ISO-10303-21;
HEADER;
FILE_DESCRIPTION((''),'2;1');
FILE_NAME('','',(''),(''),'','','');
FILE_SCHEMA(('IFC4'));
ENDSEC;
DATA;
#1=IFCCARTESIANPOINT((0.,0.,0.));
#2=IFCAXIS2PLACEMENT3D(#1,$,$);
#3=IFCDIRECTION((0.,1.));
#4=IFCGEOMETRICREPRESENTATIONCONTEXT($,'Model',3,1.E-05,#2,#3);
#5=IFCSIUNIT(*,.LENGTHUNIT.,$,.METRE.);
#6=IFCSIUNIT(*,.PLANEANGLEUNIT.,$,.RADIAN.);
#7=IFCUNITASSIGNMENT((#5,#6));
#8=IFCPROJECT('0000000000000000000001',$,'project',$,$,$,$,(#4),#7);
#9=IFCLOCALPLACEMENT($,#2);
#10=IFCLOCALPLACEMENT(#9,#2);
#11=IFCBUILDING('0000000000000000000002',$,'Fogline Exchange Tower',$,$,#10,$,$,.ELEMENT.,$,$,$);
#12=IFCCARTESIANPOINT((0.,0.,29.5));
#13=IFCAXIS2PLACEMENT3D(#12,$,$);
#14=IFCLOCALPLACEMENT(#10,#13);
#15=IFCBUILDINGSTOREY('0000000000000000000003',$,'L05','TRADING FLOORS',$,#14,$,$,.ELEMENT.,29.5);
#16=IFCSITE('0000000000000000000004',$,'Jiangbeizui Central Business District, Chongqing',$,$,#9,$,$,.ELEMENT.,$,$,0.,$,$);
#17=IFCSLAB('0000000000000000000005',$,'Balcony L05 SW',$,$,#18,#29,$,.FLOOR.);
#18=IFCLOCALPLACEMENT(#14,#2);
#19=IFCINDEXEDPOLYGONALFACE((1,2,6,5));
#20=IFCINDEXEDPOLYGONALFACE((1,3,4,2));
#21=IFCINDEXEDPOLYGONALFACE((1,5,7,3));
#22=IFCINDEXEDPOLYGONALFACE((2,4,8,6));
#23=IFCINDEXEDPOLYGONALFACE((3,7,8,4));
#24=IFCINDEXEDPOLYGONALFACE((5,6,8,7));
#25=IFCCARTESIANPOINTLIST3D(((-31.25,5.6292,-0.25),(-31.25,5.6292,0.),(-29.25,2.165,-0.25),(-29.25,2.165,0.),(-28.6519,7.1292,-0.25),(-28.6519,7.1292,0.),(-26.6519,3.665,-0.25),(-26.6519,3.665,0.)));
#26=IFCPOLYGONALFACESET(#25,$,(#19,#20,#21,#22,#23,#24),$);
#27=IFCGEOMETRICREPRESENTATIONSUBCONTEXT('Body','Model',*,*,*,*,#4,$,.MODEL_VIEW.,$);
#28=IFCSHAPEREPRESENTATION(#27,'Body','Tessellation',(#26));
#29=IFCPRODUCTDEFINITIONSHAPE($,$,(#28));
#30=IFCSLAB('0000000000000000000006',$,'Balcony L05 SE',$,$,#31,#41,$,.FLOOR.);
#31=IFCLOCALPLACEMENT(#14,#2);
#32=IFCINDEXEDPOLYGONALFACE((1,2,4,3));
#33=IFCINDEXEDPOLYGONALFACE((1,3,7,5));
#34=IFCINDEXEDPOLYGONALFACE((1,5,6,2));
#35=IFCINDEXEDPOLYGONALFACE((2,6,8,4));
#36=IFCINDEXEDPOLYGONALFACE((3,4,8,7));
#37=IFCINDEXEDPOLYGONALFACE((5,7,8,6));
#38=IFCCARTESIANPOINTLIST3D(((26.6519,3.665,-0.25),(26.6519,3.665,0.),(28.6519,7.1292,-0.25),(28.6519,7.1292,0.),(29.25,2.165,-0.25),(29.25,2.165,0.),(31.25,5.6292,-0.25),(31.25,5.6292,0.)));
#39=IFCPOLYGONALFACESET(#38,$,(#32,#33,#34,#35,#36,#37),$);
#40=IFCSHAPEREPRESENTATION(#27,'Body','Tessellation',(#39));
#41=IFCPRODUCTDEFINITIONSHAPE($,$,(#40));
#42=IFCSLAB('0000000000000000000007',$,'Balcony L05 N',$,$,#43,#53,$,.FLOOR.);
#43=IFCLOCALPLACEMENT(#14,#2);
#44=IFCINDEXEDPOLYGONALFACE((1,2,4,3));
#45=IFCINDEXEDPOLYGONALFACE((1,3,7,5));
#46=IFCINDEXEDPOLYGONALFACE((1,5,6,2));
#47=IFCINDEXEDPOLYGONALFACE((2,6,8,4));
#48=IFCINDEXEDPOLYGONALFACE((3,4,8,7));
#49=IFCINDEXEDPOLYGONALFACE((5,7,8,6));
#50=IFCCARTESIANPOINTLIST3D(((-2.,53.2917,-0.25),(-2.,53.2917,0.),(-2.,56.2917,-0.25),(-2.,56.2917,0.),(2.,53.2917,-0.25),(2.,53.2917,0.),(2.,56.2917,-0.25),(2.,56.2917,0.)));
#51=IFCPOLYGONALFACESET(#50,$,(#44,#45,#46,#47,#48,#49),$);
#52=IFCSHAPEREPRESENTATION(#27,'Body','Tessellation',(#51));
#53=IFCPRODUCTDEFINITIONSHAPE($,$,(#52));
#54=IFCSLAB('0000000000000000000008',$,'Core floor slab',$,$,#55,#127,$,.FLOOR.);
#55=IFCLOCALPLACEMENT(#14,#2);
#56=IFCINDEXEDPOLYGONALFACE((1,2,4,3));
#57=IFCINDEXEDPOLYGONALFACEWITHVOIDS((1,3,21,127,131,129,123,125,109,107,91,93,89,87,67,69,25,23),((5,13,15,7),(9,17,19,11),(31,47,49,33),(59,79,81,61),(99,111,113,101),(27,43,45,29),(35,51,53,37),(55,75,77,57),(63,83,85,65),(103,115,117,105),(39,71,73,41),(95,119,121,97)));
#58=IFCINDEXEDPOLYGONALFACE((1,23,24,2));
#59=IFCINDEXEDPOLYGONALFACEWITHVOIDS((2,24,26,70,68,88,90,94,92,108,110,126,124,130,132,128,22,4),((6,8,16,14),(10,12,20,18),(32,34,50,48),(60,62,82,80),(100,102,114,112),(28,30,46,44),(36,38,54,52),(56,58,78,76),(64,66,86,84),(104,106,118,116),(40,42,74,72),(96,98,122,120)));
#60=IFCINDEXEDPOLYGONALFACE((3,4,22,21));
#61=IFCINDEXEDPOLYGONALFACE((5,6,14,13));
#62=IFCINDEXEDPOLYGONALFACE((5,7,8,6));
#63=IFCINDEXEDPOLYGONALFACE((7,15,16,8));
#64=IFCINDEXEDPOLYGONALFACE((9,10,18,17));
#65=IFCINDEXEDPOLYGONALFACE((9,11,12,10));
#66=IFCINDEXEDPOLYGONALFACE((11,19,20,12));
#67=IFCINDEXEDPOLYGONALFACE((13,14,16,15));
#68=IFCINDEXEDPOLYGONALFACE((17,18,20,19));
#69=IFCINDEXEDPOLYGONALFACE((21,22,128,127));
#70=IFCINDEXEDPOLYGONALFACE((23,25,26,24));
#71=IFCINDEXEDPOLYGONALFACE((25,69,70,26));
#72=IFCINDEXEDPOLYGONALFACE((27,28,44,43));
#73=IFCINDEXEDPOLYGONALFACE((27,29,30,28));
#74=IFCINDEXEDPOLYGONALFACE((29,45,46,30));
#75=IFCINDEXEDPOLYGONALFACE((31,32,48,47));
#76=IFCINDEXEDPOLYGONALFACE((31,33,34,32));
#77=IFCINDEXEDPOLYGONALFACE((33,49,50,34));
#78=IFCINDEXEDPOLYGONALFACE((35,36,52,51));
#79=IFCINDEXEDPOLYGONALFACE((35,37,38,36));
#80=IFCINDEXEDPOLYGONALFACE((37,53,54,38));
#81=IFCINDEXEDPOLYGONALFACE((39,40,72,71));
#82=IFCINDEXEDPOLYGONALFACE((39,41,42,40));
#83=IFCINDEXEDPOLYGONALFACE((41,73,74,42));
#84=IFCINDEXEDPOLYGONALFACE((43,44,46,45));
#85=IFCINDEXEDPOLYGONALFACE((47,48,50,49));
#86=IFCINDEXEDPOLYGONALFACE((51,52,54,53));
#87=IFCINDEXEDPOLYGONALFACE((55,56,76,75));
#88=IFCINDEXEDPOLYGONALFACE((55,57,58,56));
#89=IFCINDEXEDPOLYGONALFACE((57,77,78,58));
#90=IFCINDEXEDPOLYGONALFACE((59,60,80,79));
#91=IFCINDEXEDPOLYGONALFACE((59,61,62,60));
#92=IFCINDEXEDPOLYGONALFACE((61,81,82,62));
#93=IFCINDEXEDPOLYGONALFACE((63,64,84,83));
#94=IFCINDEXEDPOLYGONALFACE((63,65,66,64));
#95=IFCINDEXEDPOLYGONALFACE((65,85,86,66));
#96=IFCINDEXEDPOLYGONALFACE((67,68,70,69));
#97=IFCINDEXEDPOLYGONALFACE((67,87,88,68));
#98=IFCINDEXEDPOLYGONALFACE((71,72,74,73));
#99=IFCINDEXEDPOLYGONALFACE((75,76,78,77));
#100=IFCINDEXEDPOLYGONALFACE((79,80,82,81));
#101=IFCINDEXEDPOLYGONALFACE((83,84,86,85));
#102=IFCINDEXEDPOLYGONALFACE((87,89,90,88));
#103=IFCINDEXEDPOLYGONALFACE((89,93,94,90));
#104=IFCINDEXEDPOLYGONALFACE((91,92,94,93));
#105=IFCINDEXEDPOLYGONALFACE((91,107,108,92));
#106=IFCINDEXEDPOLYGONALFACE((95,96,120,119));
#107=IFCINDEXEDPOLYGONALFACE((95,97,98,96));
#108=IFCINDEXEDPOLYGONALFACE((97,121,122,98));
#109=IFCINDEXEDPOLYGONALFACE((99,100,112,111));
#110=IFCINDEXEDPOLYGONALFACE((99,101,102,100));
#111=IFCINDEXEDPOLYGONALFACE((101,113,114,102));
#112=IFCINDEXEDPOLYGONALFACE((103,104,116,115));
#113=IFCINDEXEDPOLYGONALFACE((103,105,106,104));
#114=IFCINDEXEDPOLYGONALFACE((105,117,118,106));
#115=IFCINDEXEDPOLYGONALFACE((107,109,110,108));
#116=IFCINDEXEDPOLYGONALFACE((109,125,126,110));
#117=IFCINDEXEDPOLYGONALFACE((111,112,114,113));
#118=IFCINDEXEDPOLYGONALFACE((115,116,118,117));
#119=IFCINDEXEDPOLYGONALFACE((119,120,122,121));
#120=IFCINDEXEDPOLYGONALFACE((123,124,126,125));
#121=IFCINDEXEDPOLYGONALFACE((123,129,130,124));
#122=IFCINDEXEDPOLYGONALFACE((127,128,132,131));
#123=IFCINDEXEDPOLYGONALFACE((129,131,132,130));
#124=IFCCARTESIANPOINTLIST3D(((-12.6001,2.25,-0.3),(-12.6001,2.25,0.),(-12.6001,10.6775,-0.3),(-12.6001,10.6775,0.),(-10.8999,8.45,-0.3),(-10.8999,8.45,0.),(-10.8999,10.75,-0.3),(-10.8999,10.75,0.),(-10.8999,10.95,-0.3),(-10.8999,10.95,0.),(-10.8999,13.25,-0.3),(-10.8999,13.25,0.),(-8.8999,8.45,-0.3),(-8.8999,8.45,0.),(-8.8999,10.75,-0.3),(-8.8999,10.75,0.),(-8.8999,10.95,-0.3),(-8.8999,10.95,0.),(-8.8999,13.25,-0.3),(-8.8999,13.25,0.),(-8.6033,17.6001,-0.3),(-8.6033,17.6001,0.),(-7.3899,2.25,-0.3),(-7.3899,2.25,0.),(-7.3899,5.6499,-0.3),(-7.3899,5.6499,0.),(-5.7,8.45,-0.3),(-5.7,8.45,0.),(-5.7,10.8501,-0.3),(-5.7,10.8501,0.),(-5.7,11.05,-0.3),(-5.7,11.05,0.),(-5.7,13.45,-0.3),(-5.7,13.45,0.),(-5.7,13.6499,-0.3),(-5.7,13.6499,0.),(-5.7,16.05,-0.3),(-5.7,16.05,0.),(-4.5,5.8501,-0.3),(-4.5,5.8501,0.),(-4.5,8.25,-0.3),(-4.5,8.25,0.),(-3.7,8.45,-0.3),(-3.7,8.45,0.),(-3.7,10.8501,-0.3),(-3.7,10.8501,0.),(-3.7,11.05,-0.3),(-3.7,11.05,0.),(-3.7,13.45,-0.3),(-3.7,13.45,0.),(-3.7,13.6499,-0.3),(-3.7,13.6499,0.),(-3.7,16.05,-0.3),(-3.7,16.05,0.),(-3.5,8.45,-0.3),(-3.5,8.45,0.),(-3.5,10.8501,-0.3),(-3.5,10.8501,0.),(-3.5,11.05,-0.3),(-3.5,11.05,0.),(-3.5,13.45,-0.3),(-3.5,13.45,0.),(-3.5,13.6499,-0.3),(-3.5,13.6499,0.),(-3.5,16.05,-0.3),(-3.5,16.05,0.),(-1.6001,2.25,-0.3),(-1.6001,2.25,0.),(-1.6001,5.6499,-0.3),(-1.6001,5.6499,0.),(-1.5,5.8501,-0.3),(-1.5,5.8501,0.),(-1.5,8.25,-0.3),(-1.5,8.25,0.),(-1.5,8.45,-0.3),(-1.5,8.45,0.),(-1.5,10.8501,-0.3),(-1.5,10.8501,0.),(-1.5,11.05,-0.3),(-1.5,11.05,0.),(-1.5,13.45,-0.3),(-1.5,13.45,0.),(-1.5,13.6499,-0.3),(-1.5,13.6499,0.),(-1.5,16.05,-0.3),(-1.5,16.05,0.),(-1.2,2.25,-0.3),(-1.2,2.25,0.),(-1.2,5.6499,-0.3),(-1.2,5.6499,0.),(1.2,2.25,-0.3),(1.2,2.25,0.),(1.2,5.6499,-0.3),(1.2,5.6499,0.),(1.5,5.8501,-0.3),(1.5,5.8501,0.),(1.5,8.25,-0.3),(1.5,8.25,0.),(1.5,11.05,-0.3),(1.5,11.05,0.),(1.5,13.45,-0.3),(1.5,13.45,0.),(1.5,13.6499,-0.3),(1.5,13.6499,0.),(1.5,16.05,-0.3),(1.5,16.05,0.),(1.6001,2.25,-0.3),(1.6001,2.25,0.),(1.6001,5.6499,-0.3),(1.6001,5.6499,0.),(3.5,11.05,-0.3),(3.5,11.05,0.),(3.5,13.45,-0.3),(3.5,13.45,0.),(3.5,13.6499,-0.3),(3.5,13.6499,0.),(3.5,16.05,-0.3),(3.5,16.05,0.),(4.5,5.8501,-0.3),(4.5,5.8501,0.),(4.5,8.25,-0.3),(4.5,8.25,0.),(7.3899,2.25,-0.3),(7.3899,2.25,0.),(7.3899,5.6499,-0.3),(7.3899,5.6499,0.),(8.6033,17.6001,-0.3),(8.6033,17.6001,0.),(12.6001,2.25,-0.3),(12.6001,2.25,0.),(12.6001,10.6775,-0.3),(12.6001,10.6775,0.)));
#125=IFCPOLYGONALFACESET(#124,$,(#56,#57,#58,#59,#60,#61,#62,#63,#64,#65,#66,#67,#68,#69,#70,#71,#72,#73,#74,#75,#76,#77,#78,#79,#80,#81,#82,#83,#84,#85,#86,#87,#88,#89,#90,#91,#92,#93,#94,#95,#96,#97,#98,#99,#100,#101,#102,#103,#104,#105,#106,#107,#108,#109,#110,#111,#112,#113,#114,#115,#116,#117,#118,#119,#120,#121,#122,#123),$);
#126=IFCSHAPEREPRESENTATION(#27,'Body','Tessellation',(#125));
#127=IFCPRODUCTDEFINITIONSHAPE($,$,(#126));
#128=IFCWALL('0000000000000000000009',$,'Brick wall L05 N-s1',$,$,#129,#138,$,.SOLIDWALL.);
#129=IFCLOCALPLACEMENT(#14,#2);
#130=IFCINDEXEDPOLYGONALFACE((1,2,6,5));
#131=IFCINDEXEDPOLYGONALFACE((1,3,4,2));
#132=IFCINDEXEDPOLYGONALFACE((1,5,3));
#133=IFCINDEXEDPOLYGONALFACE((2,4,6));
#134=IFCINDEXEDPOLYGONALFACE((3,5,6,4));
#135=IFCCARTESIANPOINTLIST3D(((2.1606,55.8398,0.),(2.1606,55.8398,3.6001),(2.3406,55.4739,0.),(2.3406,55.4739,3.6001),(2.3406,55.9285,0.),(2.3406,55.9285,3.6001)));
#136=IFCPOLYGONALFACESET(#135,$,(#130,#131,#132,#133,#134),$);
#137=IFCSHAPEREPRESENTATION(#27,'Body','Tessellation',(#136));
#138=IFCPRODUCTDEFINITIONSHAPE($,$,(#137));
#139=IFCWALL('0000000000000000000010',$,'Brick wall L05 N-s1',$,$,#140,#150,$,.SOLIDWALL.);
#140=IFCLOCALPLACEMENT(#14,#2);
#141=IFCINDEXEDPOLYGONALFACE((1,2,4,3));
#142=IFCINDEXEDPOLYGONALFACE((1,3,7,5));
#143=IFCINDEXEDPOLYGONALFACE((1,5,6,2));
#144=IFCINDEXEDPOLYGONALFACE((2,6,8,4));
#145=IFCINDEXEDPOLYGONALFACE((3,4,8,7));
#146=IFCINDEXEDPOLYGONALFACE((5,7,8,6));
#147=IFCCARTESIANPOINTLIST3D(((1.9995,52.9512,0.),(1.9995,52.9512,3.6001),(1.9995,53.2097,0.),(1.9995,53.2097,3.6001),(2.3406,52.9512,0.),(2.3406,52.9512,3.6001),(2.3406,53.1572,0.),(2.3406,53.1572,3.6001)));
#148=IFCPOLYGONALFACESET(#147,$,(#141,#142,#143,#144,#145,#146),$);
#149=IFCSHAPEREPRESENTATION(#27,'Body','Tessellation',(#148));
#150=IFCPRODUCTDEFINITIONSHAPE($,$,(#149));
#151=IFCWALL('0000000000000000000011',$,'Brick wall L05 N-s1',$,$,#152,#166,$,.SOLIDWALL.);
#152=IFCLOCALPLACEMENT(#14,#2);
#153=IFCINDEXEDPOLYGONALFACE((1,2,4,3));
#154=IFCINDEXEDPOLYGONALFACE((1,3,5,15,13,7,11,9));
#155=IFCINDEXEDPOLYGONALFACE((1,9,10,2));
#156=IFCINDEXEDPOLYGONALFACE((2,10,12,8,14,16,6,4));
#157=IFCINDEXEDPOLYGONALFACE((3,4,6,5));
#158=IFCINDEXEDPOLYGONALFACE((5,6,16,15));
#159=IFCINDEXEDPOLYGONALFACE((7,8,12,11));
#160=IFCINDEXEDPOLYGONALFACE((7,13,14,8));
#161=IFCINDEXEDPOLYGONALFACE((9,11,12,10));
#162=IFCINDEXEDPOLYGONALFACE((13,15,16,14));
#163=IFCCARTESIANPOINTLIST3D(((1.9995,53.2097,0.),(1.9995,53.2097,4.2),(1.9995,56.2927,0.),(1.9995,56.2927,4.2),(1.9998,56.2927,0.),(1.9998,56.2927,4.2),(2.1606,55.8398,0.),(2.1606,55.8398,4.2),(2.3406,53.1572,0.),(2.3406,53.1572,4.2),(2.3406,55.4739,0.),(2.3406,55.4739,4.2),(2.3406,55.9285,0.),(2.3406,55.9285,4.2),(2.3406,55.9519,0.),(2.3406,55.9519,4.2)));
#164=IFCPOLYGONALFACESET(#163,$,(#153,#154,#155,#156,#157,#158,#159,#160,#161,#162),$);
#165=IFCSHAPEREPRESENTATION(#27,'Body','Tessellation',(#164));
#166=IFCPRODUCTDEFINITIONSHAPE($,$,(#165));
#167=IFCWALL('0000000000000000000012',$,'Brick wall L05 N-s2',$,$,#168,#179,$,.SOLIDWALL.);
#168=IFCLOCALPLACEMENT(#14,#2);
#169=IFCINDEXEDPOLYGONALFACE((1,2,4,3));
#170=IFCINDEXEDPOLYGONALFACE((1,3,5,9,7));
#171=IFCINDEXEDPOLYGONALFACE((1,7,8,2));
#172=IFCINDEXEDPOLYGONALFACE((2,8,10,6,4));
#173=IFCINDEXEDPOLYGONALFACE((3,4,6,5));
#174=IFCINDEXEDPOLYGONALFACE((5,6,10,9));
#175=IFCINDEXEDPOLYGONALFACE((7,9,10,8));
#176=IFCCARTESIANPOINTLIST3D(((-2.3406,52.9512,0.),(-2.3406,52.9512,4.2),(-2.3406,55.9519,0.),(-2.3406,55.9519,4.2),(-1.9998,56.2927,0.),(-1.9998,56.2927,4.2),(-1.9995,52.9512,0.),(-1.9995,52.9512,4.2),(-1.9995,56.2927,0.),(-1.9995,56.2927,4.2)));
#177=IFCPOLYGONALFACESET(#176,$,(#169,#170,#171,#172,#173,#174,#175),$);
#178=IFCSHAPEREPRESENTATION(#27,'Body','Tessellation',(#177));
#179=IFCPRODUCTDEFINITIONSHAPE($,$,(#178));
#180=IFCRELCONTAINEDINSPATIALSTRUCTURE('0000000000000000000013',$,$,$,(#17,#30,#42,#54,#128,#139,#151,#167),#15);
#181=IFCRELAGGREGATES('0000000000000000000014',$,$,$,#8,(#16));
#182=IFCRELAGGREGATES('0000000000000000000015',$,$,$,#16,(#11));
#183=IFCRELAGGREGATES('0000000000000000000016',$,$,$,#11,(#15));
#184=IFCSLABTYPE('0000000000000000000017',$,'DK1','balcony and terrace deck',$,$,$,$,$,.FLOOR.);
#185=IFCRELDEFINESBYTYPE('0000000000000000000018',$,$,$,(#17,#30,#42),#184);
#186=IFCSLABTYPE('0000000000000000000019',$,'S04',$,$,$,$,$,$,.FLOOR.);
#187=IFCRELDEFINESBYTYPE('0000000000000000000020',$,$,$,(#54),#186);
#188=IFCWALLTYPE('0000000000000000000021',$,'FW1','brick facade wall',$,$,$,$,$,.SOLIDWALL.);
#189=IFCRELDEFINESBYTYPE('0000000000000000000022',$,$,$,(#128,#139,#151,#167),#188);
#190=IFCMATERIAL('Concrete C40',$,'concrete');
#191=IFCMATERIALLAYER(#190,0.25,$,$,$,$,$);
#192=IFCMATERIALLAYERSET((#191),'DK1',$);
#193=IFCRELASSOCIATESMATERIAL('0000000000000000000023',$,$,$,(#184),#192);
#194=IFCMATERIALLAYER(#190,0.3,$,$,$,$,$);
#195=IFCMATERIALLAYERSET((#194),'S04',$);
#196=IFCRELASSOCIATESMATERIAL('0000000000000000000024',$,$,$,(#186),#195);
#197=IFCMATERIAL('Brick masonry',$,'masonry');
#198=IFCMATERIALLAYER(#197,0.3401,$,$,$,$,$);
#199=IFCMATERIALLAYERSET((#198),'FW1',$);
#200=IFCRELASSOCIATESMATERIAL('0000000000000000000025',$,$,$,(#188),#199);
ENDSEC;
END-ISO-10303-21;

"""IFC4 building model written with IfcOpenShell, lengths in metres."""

from ifc_helpers import new_model, si_unit, direction, frame, origin, place, context, subcontext, project, spatial, polyline, outline, extrude, material, layer, layer_set, type_object, element, save


model = new_model("IFC4")

# Units and contexts
model_context = context("Model", 3, precision=1e-05, world=origin(), true_north=direction((0.0, 1.0)))
body_context = subcontext(model_context, "Body", "Model", "MODEL_VIEW")
ifc_project = project(units=[si_unit("LENGTHUNIT", "METRE"), si_unit("PLANEANGLEUNIT", "RADIAN")], contexts=[model_context])

# Site, building, storey
site_placement = place(None, origin())
site = spatial("IfcSite", under=ifc_project, at=site_placement, Name="Jiangbeizui Central Business District, Chongqing", CompositionType="ELEMENT", RefElevation=0.0)
building_placement = place(site_placement, origin())
building = spatial("IfcBuilding", under=site, at=building_placement, Name="Fogline Exchange Tower", CompositionType="ELEMENT")
storey_placement = place(building_placement, frame((0.0, 0.0, 29.5)))
storey = spatial("IfcBuildingStorey", under=building, at=storey_placement, Name="L05", Description="TRADING FLOORS", CompositionType="ELEMENT", Elevation=29.5)

# Slabs
ifc_material_1 = material(Name="Concrete C40", Category="concrete")
ifc_layer_1 = layer(ifc_material_1, 0.25)
ifc_layer_set_1 = layer_set([ifc_layer_1], Name="DK1")
slab_type_1 = type_object("IfcSlabType", Name="DK1", Description="balcony and terrace deck", PredefinedType="FLOOR", material=ifc_layer_set_1)
slab_1_placement = place(storey_placement, frame((0.0, 0.0, -0.25)))
element("IfcSlab", 1, at=slab_1_placement, inside=storey, type_object=slab_type_1, Name="Balcony L05 SW", PredefinedType="FLOOR", context=body_context, shape_type="SweptSolid", body=[
    extrude(outline(polyline([(-31.25, 5.6292), (-29.25, 2.165), (-26.6519, 3.665), (-28.6519, 7.1292), (-31.25, 5.6292)])), origin(), (0.0, 0.0, 1.0), 0.25),
])
slab_2_placement = place(storey_placement, frame((0.0, 0.0, -0.25)))
element("IfcSlab", 2, at=slab_2_placement, inside=storey, type_object=slab_type_1, Name="Balcony L05 SE", PredefinedType="FLOOR", context=body_context, shape_type="SweptSolid", body=[
    extrude(outline(polyline([(29.25, 2.165), (31.25, 5.6292), (28.6519, 7.1292), (26.6519, 3.665), (29.25, 2.165)])), origin(), (0.0, 0.0, 1.0), 0.25),
])
slab_3_placement = place(storey_placement, frame((0.0, 0.0, -0.25)))
element("IfcSlab", 3, at=slab_3_placement, inside=storey, type_object=slab_type_1, Name="Balcony L05 N", PredefinedType="FLOOR", context=body_context, shape_type="SweptSolid", body=[
    extrude(outline(polyline([(2.0, 56.2917), (-2.0, 56.2917), (-2.0, 53.2917), (2.0, 53.2917), (2.0, 56.2917)])), origin(), (0.0, 0.0, 1.0), 0.25),
])
ifc_layer_2 = layer(ifc_material_1, 0.3)
ifc_layer_set_2 = layer_set([ifc_layer_2], Name="S04")
slab_type_2 = type_object("IfcSlabType", Name="S04", PredefinedType="FLOOR", material=ifc_layer_set_2)
slab_4_placement = place(storey_placement, frame((0.0, 0.0, -0.3)))
element("IfcSlab", 4, at=slab_4_placement, inside=storey, type_object=slab_type_2, Name="Core floor slab", PredefinedType="FLOOR", context=body_context, shape_type="SweptSolid", body=[
    extrude(outline(polyline([(-12.6001, 2.25), (-12.6001, 10.6775), (-8.6033, 17.6001), (8.6033, 17.6001), (12.6001, 10.6775), (12.6001, 2.25), (7.3899, 2.25), (7.3899, 5.6499), (1.6001, 5.6499), (1.6001, 2.25), (1.2, 2.25), (1.2, 5.6499), (-1.2, 5.6499), (-1.2, 2.25), (-1.6001, 2.25), (-1.6001, 5.6499), (-7.3899, 5.6499), (-7.3899, 2.25), (-12.6001, 2.25)]), holes=[polyline([(-1.5, 8.25), (-4.5, 8.25), (-4.5, 5.8501), (-1.5, 5.8501), (-1.5, 8.25)]), polyline([(-8.8999, 10.75), (-10.8999, 10.75), (-10.8999, 8.45), (-8.8999, 8.45), (-8.8999, 10.75)]), polyline([(-3.7, 10.8501), (-5.7, 10.8501), (-5.7, 8.45), (-3.7, 8.45), (-3.7, 10.8501)]), polyline([(-1.5, 10.8501), (-3.5, 10.8501), (-3.5, 8.45), (-1.5, 8.45), (-1.5, 10.8501)]), polyline([(-8.8999, 13.25), (-10.8999, 13.25), (-10.8999, 10.95), (-8.8999, 10.95), (-8.8999, 13.25)]), polyline([(-3.7, 13.45), (-5.7, 13.45), (-5.7, 11.05), (-3.7, 11.05), (-3.7, 13.45)]), polyline([(-3.7, 16.05), (-5.7, 16.05), (-5.7, 13.6499), (-3.7, 13.6499), (-3.7, 16.05)]), polyline([(4.5, 8.25), (1.5, 8.25), (1.5, 5.8501), (4.5, 5.8501), (4.5, 8.25)]), polyline([(-1.5, 13.45), (-3.5, 13.45), (-3.5, 11.05), (-1.5, 11.05), (-1.5, 13.45)]), polyline([(3.5, 13.45), (1.5, 13.45), (1.5, 11.05), (3.5, 11.05), (3.5, 13.45)]), polyline([(-1.5, 16.05), (-3.5, 16.05), (-3.5, 13.6499), (-1.5, 13.6499), (-1.5, 16.05)]), polyline([(3.5, 16.05), (1.5, 16.05), (1.5, 13.6499), (3.5, 13.6499), (3.5, 16.05)])]), origin(), (0.0, 0.0, 1.0), 0.3),
])

# Walls
ifc_material_2 = material(Name="Brick masonry", Category="masonry")
ifc_layer_3 = layer(ifc_material_2, 0.3401)
ifc_layer_set_3 = layer_set([ifc_layer_3], Name="FW1")
wall_type_1 = type_object("IfcWallType", Name="FW1", Description="brick facade wall", PredefinedType="SOLIDWALL", material=ifc_layer_set_3)
wall_1_placement = place(storey_placement, origin())
element("IfcWall", 5, at=wall_1_placement, inside=storey, type_object=wall_type_1, Name="Brick wall L05 N-s1", PredefinedType="SOLIDWALL", context=body_context, shape_type="SweptSolid", body=[
    extrude(outline(polyline([(2.3406, 55.4739), (2.1606, 55.8398), (2.3406, 55.9285), (2.3406, 55.4739)])), origin(), (0.0, 0.0, 1.0), 3.6001),
])
wall_2_placement = place(storey_placement, origin())
element("IfcWall", 6, at=wall_2_placement, inside=storey, type_object=wall_type_1, Name="Brick wall L05 N-s1", PredefinedType="SOLIDWALL", context=body_context, shape_type="SweptSolid", body=[
    extrude(outline(polyline([(1.9995, 53.2097), (2.3406, 53.1572), (2.3406, 52.9512), (1.9995, 52.9512), (1.9995, 53.2097)])), origin(), (0.0, 0.0, 1.0), 3.6001),
])
wall_3_placement = place(storey_placement, origin())
element("IfcWall", 7, at=wall_3_placement, inside=storey, type_object=wall_type_1, Name="Brick wall L05 N-s1", PredefinedType="SOLIDWALL", context=body_context, shape_type="SweptSolid", body=[
    extrude(outline(polyline([(1.9995, 56.2927), (1.9998, 56.2927), (2.3406, 55.9519), (2.3406, 55.9285), (2.1606, 55.8398), (2.3406, 55.4739), (2.3406, 53.1572), (1.9995, 53.2097), (1.9995, 56.2927)])), origin(), (0.0, 0.0, 1.0), 4.2),
])
wall_4_placement = place(storey_placement, origin())
element("IfcWall", 8, at=wall_4_placement, inside=storey, type_object=wall_type_1, Name="Brick wall L05 N-s2", PredefinedType="SOLIDWALL", context=body_context, shape_type="SweptSolid", body=[
    extrude(outline(polyline([(-1.9995, 56.2927), (-1.9995, 52.9512), (-2.3406, 52.9512), (-2.3406, 55.9519), (-1.9998, 56.2927), (-1.9995, 56.2927)])), origin(), (0.0, 0.0, 1.0), 4.2),
])

save(model, "model.ifc")
